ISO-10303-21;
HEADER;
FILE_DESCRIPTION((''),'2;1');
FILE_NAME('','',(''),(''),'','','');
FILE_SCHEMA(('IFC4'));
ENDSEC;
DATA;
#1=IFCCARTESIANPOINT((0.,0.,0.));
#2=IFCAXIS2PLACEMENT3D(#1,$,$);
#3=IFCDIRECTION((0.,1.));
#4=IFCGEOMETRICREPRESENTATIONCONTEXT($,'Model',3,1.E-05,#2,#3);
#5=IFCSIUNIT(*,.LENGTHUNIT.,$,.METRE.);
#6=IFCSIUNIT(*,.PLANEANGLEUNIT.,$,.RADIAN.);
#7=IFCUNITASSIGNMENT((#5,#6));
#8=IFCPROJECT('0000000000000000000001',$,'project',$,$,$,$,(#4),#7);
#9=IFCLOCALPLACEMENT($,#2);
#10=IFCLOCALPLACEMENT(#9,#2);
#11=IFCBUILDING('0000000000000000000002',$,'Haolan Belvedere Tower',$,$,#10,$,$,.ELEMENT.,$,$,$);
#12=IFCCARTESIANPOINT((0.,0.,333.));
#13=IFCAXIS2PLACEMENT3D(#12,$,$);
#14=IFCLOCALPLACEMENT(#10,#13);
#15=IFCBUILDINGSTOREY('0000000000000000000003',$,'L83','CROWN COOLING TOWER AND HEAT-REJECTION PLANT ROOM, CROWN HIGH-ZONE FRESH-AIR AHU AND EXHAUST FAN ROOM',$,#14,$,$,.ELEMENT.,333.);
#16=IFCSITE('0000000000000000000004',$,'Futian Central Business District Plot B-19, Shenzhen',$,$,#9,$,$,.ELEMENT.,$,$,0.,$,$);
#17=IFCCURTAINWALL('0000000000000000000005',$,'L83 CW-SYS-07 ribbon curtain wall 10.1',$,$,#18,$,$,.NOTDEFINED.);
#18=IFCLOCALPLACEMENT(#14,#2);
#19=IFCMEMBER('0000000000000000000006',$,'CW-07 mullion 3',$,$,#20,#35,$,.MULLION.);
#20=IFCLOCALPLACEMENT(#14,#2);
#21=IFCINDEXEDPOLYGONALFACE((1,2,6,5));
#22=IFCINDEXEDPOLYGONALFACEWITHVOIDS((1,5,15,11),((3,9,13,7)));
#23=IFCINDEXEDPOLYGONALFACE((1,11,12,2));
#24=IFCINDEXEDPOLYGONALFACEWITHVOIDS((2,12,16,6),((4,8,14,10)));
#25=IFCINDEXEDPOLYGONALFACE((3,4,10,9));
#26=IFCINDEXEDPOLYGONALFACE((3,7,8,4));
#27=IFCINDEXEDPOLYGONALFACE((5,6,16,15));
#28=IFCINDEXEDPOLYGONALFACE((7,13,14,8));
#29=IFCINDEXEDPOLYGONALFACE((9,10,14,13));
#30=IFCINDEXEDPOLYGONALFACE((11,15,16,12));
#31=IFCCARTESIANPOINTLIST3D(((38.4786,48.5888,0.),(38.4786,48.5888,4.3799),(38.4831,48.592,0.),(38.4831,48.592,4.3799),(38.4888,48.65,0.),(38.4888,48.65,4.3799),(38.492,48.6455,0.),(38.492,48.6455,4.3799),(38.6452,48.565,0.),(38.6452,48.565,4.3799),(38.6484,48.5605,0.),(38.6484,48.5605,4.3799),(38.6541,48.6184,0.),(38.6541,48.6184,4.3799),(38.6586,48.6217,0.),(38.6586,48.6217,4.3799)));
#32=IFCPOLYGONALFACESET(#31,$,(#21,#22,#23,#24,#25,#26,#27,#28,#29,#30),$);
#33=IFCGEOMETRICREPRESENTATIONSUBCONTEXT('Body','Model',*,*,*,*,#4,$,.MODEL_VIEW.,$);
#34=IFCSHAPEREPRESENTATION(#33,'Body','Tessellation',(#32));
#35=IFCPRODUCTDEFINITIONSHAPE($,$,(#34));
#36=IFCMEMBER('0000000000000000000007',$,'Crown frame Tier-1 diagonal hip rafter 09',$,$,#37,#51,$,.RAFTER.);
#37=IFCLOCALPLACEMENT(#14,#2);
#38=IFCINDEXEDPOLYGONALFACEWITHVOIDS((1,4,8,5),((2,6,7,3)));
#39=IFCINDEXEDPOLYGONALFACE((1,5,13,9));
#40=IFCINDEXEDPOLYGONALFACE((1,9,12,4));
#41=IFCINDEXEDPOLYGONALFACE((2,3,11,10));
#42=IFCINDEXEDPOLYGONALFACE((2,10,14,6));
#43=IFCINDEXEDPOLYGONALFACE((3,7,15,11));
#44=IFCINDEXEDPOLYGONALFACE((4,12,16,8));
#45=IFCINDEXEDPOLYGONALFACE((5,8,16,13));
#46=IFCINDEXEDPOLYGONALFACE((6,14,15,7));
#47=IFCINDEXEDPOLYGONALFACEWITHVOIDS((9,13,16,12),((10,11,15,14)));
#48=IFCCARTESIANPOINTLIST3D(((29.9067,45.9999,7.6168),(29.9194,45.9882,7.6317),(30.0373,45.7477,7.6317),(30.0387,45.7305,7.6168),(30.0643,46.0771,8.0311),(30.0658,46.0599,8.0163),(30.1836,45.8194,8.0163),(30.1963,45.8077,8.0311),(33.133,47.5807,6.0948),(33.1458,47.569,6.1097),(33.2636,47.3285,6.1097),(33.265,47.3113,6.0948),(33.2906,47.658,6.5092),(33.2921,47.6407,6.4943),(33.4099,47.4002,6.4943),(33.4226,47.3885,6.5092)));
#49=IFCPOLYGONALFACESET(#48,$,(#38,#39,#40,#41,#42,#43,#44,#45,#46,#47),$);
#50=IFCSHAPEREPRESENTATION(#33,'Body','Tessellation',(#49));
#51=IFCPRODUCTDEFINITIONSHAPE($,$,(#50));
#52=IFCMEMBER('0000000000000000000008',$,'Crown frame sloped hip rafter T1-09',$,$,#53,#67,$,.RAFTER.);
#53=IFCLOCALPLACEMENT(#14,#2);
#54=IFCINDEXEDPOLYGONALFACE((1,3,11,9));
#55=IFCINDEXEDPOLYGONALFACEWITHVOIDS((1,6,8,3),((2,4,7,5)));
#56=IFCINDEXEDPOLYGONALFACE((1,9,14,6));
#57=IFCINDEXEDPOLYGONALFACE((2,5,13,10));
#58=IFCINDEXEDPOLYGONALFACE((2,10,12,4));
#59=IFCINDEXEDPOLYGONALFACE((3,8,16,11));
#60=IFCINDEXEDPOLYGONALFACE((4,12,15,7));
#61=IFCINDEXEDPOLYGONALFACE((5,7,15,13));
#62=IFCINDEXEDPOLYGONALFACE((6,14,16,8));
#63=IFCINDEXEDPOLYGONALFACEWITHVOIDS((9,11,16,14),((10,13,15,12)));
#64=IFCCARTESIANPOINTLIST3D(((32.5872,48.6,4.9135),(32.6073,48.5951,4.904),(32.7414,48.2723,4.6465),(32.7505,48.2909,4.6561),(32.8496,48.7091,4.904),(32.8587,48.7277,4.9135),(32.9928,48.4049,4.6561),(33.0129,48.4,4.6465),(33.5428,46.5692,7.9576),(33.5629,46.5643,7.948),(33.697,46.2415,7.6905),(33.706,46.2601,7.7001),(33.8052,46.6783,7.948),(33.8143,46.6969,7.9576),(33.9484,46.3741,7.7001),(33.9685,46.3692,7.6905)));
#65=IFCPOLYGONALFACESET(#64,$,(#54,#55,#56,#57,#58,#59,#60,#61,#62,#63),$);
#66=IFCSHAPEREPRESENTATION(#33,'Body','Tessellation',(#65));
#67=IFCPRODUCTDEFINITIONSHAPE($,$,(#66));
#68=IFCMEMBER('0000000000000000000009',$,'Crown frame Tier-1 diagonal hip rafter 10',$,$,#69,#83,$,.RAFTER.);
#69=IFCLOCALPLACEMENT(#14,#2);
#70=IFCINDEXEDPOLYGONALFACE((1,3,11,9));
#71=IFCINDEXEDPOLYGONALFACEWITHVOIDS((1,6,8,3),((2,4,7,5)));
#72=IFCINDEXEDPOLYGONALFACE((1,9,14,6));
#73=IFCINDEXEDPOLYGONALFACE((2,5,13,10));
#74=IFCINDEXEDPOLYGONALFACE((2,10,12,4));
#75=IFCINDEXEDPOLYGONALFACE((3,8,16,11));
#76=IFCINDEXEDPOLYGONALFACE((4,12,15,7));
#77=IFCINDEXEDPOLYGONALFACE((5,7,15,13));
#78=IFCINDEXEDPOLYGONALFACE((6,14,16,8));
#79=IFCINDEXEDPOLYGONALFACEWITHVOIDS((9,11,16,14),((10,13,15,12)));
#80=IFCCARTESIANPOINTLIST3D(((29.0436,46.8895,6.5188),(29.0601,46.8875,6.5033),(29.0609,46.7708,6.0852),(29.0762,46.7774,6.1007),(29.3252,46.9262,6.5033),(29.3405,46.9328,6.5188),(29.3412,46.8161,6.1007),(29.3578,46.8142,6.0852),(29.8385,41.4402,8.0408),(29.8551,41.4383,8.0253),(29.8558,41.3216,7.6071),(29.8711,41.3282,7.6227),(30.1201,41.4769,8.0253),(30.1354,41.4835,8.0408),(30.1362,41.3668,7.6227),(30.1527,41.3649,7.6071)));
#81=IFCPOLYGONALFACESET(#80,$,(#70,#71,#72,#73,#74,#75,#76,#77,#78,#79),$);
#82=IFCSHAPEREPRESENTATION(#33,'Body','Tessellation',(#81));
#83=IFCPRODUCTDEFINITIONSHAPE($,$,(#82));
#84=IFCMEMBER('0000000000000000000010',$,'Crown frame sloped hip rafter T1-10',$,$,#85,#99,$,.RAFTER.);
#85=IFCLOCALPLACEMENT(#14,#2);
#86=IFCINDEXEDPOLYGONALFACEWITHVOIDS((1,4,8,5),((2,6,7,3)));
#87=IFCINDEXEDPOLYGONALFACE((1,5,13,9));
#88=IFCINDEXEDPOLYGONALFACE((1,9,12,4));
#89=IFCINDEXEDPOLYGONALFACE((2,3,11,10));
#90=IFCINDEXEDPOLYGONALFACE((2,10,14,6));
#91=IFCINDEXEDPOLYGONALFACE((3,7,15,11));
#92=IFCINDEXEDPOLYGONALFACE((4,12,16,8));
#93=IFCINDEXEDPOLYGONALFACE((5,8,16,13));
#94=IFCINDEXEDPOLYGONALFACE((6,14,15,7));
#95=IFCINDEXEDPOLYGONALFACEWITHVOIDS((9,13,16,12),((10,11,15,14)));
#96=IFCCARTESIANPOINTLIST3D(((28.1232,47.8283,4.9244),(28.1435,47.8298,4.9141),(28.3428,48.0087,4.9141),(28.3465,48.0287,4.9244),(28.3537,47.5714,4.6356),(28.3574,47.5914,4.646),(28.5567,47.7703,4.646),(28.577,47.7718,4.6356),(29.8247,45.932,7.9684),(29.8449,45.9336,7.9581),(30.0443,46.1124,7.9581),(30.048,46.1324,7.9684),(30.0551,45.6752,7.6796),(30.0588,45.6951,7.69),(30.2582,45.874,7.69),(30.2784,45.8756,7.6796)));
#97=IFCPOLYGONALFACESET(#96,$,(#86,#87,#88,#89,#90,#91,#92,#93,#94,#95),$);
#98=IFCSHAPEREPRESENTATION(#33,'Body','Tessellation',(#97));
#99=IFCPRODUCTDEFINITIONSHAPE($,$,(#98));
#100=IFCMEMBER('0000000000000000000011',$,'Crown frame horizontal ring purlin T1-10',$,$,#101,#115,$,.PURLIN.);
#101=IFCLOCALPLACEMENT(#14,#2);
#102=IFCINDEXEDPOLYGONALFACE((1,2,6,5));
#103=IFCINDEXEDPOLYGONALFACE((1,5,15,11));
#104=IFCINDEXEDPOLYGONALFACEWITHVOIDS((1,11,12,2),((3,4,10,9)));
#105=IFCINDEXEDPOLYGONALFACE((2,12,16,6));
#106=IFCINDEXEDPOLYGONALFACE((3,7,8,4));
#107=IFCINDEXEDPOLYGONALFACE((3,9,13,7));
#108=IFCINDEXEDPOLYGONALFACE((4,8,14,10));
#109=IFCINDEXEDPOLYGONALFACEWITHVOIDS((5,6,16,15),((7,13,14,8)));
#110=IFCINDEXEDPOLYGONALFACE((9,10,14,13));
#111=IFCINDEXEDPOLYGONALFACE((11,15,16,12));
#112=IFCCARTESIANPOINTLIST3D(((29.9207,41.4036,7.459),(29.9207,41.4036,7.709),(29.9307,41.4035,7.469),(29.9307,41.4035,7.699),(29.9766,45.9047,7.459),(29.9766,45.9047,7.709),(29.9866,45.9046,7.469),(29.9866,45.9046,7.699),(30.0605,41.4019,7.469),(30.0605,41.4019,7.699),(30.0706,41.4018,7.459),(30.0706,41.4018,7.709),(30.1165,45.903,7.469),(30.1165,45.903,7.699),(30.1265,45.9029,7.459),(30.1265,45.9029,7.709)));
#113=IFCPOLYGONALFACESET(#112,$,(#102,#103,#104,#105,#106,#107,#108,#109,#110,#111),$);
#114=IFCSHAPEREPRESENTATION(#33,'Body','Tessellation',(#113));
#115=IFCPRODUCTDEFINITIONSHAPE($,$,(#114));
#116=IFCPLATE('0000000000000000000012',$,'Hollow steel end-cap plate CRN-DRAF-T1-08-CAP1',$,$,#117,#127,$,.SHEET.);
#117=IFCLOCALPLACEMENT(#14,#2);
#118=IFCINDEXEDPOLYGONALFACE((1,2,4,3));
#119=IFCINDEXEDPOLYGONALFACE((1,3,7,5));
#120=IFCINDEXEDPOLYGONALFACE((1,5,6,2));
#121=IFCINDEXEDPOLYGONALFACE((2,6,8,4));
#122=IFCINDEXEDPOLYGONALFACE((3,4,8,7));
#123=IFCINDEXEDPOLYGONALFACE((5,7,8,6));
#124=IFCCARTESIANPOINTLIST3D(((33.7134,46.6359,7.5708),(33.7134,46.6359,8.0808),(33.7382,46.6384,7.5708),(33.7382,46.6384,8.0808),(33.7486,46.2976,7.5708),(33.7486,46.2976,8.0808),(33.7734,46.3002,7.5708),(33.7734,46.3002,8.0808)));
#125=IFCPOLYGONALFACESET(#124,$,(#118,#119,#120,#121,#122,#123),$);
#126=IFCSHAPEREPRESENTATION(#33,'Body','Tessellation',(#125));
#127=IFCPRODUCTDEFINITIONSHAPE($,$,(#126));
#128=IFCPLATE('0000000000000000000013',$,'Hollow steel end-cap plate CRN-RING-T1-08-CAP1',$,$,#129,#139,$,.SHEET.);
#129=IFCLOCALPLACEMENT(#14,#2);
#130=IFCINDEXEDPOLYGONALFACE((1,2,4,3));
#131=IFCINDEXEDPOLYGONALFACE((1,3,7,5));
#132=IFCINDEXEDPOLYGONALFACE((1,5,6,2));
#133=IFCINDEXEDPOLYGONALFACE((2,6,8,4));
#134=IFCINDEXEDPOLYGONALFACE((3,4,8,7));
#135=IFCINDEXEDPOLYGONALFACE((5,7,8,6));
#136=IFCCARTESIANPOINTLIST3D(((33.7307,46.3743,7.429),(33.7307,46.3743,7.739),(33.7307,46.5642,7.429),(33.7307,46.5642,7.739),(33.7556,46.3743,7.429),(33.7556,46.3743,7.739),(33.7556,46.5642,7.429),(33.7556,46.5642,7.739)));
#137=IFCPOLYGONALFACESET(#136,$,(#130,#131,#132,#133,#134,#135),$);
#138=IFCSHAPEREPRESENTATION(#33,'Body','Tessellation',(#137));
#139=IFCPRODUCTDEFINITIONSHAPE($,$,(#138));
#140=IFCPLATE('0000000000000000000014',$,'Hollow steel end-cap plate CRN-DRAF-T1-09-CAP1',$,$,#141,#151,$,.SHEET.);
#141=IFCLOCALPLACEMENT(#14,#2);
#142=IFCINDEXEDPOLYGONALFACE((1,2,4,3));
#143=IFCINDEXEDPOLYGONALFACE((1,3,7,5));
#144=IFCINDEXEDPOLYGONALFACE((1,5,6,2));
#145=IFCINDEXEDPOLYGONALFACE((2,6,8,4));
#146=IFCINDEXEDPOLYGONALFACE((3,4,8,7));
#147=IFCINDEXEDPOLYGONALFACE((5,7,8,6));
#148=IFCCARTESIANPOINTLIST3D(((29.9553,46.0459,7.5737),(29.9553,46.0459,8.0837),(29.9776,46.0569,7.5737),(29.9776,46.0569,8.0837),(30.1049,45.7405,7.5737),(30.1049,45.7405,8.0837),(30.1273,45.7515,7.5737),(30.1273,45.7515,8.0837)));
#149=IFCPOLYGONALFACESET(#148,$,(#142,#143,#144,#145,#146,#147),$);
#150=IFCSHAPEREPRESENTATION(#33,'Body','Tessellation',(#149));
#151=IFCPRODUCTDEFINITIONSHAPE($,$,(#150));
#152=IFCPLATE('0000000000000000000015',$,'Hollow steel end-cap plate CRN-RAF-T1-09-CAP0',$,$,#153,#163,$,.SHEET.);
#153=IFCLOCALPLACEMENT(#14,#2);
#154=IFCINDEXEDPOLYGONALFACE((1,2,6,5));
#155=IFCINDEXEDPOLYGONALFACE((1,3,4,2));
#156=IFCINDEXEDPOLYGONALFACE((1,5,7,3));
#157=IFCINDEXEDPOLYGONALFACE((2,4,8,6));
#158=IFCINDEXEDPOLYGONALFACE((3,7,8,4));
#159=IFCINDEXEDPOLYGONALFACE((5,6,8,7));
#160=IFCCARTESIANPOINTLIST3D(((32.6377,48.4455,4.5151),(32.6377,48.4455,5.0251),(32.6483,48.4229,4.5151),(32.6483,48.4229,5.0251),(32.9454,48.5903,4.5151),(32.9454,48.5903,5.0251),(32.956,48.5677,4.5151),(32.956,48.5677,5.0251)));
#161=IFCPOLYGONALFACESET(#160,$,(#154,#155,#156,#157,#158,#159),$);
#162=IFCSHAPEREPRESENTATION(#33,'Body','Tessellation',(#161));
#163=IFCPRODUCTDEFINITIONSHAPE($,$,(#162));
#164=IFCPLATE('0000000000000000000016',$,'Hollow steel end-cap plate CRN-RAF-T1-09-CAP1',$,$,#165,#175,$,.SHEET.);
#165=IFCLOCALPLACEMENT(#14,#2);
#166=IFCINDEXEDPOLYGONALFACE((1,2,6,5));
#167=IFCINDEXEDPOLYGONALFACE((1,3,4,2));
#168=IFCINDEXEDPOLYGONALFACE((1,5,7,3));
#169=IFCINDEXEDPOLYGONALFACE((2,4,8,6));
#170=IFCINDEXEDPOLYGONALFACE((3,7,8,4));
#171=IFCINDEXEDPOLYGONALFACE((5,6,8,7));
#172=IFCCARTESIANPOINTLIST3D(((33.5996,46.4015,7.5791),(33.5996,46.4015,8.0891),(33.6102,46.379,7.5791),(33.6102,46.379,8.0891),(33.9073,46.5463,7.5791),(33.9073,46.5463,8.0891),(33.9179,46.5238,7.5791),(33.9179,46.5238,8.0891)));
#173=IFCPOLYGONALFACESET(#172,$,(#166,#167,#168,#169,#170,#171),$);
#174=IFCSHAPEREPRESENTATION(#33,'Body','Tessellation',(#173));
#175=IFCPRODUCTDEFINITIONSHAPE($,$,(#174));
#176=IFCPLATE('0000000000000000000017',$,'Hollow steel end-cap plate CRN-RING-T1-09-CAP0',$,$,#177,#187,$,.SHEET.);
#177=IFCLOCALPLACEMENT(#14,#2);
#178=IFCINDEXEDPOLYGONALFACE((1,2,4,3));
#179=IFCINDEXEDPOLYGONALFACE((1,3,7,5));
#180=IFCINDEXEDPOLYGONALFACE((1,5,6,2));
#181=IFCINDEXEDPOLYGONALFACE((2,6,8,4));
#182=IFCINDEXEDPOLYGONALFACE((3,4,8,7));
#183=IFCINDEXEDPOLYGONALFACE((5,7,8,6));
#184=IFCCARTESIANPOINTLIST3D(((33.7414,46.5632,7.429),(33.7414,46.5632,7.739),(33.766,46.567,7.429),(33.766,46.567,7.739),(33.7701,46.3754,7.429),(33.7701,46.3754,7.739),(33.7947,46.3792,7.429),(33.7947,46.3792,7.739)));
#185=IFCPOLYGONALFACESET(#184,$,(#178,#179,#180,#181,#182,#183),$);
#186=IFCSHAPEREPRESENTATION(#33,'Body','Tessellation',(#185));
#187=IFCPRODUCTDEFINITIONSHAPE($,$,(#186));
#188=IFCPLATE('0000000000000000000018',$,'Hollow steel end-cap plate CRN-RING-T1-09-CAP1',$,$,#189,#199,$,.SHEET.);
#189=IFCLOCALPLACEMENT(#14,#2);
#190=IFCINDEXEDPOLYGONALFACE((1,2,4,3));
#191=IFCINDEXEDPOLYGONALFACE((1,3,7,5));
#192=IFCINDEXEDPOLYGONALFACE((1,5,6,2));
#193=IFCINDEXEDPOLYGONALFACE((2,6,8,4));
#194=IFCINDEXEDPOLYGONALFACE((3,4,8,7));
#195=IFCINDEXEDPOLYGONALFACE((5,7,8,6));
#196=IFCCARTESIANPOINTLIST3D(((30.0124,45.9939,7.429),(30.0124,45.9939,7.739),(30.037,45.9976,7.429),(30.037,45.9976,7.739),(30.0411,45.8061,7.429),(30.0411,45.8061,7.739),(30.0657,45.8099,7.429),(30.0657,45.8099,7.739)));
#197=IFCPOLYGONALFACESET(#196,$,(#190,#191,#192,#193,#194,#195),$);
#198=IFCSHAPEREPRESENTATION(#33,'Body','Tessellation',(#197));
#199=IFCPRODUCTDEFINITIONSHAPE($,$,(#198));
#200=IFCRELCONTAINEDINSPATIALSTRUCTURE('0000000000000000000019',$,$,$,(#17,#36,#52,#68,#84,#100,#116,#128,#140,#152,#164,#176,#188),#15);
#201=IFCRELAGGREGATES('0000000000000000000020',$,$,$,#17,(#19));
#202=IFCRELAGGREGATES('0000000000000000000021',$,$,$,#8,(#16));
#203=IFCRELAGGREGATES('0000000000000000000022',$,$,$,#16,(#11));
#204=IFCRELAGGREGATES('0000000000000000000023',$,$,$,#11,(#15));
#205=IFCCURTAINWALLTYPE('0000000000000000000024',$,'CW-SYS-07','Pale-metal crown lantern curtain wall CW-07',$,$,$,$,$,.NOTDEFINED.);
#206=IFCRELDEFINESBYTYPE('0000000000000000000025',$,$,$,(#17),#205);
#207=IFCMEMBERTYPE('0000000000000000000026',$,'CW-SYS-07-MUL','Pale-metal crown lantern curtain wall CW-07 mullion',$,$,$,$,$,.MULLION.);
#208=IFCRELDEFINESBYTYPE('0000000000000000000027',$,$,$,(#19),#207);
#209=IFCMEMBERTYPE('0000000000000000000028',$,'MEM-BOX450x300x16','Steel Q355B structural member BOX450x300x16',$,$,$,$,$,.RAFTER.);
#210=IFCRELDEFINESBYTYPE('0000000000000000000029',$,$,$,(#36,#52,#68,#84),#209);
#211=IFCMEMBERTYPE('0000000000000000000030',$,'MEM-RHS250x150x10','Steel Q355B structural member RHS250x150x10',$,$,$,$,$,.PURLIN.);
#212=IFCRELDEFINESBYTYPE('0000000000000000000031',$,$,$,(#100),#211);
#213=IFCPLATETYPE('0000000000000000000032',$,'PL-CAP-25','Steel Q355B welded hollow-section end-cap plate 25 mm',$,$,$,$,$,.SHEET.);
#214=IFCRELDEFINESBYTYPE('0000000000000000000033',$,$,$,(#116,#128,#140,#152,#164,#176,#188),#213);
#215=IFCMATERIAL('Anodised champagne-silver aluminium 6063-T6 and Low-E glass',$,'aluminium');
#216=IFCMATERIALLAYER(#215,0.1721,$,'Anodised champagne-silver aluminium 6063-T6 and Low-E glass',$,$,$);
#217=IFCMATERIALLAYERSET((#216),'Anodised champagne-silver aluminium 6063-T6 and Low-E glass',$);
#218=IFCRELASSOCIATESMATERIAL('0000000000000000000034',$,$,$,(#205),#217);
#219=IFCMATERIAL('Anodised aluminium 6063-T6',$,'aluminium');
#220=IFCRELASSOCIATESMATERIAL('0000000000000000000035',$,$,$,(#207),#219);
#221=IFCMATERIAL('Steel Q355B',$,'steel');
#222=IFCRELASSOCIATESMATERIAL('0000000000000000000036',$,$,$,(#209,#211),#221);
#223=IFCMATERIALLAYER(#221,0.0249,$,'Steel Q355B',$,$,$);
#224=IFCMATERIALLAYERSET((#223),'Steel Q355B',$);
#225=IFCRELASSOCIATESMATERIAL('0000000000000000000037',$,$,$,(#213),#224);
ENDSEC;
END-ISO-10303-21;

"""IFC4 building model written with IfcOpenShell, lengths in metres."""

from ifc_helpers import new_model, si_unit, direction, frame, origin, origin_2d, place, context, subcontext, project, spatial, rectangle, hollow_rectangle, extrude, material, layer, layer_set, material_profile, profile_set, type_object, element, aggregate, save


model = new_model("IFC4")

# Units and contexts
model_context = context("Model", 3, precision=1e-05, world=origin(), true_north=direction((0.0, 1.0)))
body_context = subcontext(model_context, "Body", "Model", "MODEL_VIEW")
ifc_project = project(units=[si_unit("LENGTHUNIT", "METRE"), si_unit("PLANEANGLEUNIT", "RADIAN")], contexts=[model_context])

# Site, building, storey
site_placement = place(None, origin())
site = spatial("IfcSite", under=ifc_project, at=site_placement, Name="Futian Central Business District Plot B-19, Shenzhen", CompositionType="ELEMENT", RefElevation=0.0)
building_placement = place(site_placement, origin())
building = spatial("IfcBuilding", under=site, at=building_placement, Name="Haolan Belvedere Tower", CompositionType="ELEMENT")
storey_placement = place(building_placement, frame((0.0, 0.0, 333.0)))
storey = spatial("IfcBuildingStorey", under=building, at=storey_placement, Name="L83", Description="CROWN COOLING TOWER AND HEAT-REJECTION PLANT ROOM, CROWN HIGH-ZONE FRESH-AIR AHU AND EXHAUST FAN ROOM", CompositionType="ELEMENT", Elevation=333.0)

# Curtain wall, member
ifc_material_1 = material(Name="Anodised champagne-silver aluminium 6063-T6 and Low-E glass", Category="aluminium")
ifc_layer_1 = layer(ifc_material_1, 0.1721, Name="Anodised champagne-silver aluminium 6063-T6 and Low-E glass")
ifc_layer_set_1 = layer_set([ifc_layer_1], Name="Anodised champagne-silver aluminium 6063-T6 and Low-E glass")
curtain_wall_type = type_object("IfcCurtainWallType", Name="CW-SYS-07", Description="Pale-metal crown lantern curtain wall CW-07", PredefinedType="NOTDEFINED", material=ifc_layer_set_1)
curtain_wall_placement = place(storey_placement, origin())
curtain_wall = element("IfcCurtainWall", 1, at=curtain_wall_placement, inside=storey, type_object=curtain_wall_type, Name="L83 CW-SYS-07 ribbon curtain wall 10.1", PredefinedType="NOTDEFINED")
ifc_material_2 = material(Name="Anodised aluminium 6063-T6", Category="aluminium")
ifc_material_profile_1 = material_profile(ifc_material_2, hollow_rectangle(XDim=0.062, YDim=0.1721, WallThickness=0.0039, at=origin_2d()), Name="Anodised aluminium 6063-T6")
ifc_profile_set_1 = profile_set([ifc_material_profile_1], Name="Anodised aluminium 6063-T6")
member_type_1 = type_object("IfcMemberType", Name="CW-SYS-07-MUL", Description="Pale-metal crown lantern curtain wall CW-07 mullion", PredefinedType="MULLION", material=ifc_profile_set_1)
member_1_placement = place(storey_placement, frame((38.5686, 48.6052, 0.0), z_axis=(0.0, 0.0, 1.0), x_axis=(-0.164399, -0.986394, 0.0)))
member_1 = element("IfcMember", 2, at=member_1_placement, type_object=member_type_1, Name="CW-07 mullion 3", PredefinedType="MULLION", context=body_context, shape_type="SweptSolid", body=[
    extrude(hollow_rectangle(XDim=0.062, YDim=0.1721, WallThickness=0.0039, at=origin_2d()), origin(), (0.0, 0.0, 1.0), 4.3799),
])
aggregate(curtain_wall, [member_1])

# Members
ifc_material_3 = material(Name="Steel Q355B", Category="steel")
ifc_material_profile_2 = material_profile(ifc_material_3, hollow_rectangle(XDim=0.3, YDim=0.45, WallThickness=0.0161, at=origin_2d()), Name="Steel Q355B")
ifc_profile_set_2 = profile_set([ifc_material_profile_2], Name="Steel Q355B")
member_type_2 = type_object("IfcMemberType", Name="MEM-BOX450x300x16", Description="Steel Q355B structural member BOX450x300x16", PredefinedType="RAFTER", material=ifc_profile_set_2)
member_2_placement = place(storey_placement, frame((33.2778, 47.4846, 6.302), z_axis=(-0.826867, -0.405143, 0.390064), x_axis=(0.439996, -0.898, 0.0)))
element("IfcMember", 3, at=member_2_placement, inside=storey, type_object=member_type_2, Name="Crown frame Tier-1 diagonal hip rafter 09", PredefinedType="RAFTER", context=body_context, shape_type="SweptSolid", body=[
    extrude(hollow_rectangle(XDim=0.3, YDim=0.45, WallThickness=0.0161, at=origin_2d()), origin(), (0.0, 0.0, 1.0), 3.9019),
])
member_3_placement = place(storey_placement, frame((32.8, 48.5, 4.78), z_axis=(0.252669, -0.53697, 0.804874), x_axis=(0.904833, 0.425766, 0.0)))
element("IfcMember", 4, at=member_3_placement, inside=storey, type_object=member_type_2, Name="Crown frame sloped hip rafter T1-09", PredefinedType="RAFTER", context=body_context, shape_type="SweptSolid", body=[
    extrude(hollow_rectangle(XDim=0.3, YDim=0.45, WallThickness=0.0161, at=origin_2d()), origin(), (0.0, 0.0, 1.0), 3.782),
])
member_4_placement = place(storey_placement, frame((29.2007, 46.8518, 6.302), z_axis=(0.139134, -0.953771, 0.266389), x_axis=(0.989527, 0.14435, 0.0)))
element("IfcMember", 5, at=member_4_placement, inside=storey, type_object=member_type_2, Name="Crown frame Tier-1 diagonal hip rafter 10", PredefinedType="RAFTER", context=body_context, shape_type="SweptSolid", body=[
    extrude(hollow_rectangle(XDim=0.3, YDim=0.45, WallThickness=0.0161, at=origin_2d()), origin(), (0.0, 0.0, 1.0), 5.7134),
])
member_5_placement = place(storey_placement, frame((28.3501, 47.8, 4.78), z_axis=(0.428633, -0.477714, 0.766853), x_axis=(0.744308, 0.667836, 0.0)))
element("IfcMember", 6, at=member_5_placement, inside=storey, type_object=member_type_2, Name="Crown frame sloped hip rafter T1-10", PredefinedType="RAFTER", context=body_context, shape_type="SweptSolid", body=[
    extrude(hollow_rectangle(XDim=0.3, YDim=0.45, WallThickness=0.0161, at=origin_2d()), origin(), (0.0, 0.0, 1.0), 3.9695),
])
ifc_material_profile_3 = material_profile(ifc_material_3, hollow_rectangle(XDim=0.1499, YDim=0.25, WallThickness=0.01, at=origin_2d()), Name="Steel Q355B")
ifc_profile_set_3 = profile_set([ifc_material_profile_3], Name="Steel Q355B")
member_type_3 = type_object("IfcMemberType", Name="MEM-RHS250x150x10", Description="Steel Q355B structural member RHS250x150x10", PredefinedType="PURLIN", material=ifc_profile_set_3)
member_6_placement = place(storey_placement, frame((30.0515, 45.9038, 7.584), z_axis=(-0.01242, -0.999923, 0.0), x_axis=(0.999923, -0.01242, 0.0)))
element("IfcMember", 7, at=member_6_placement, inside=storey, type_object=member_type_3, Name="Crown frame horizontal ring purlin T1-10", PredefinedType="PURLIN", context=body_context, shape_type="SweptSolid", body=[
    extrude(hollow_rectangle(XDim=0.1499, YDim=0.25, WallThickness=0.01, at=origin_2d()), origin(), (0.0, 0.0, 1.0), 4.5015),
])

# Plates
ifc_layer_2 = layer(ifc_material_3, 0.0249, Name="Steel Q355B")
ifc_layer_set_2 = layer_set([ifc_layer_2], Name="Steel Q355B")
plate_type_1 = type_object("IfcPlateType", Name="PL-CAP-25", Description="Steel Q355B welded hollow-section end-cap plate 25 mm", PredefinedType="SHEET", material=ifc_layer_set_2)
plate_1_placement = place(storey_placement, frame((33.7434, 46.468, 7.5708), z_axis=(0.0, 0.0, 1.0), x_axis=(0.103418, -0.994638, 0.0)))
element("IfcPlate", 8, at=plate_1_placement, inside=storey, type_object=plate_type_1, Name="Hollow steel end-cap plate CRN-DRAF-T1-08-CAP1", PredefinedType="SHEET", context=body_context, shape_type="SweptSolid", body=[
    extrude(rectangle(XDim=0.3401, YDim=0.0249, at=origin_2d()), origin(), (0.0, 0.0, 1.0), 0.51),
])
plate_2_placement = place(storey_placement, frame((33.7432, 46.4692, 7.429), z_axis=(0.0, 0.0, 1.0), x_axis=(0.0, -1.0, 0.0)))
element("IfcPlate", 9, at=plate_2_placement, inside=storey, type_object=plate_type_1, Name="Hollow steel end-cap plate CRN-RING-T1-08-CAP1", PredefinedType="SHEET", context=body_context, shape_type="SweptSolid", body=[
    extrude(rectangle(XDim=0.1899, YDim=0.0249, at=origin_2d()), origin(), (0.0, 0.0, 1.0), 0.3101),
])
for number, where, z_axis, x_axis, name in (
    (10, (30.0413, 45.8987, 7.5737), (0.0, 0.0, 1.0), (0.440018, -0.897989, 0.0), "Hollow steel end-cap plate CRN-DRAF-T1-09-CAP1"),
    (11, (32.7969, 48.5066, 4.5151), (0.0, 0.0, 1.0), (-0.90482, -0.425795, 0.0), "Hollow steel end-cap plate CRN-RAF-T1-09-CAP0"),
    (12, (33.7588, 46.4626, 7.5791), (0.0, 0.0, 1.0), (0.90482, 0.425795, 0.0), "Hollow steel end-cap plate CRN-RAF-T1-09-CAP1"),
):
    element("IfcPlate", number, at=place(storey_placement, frame(where, z_axis=z_axis, x_axis=x_axis)), inside=storey, type_object=plate_type_1, Name=name, PredefinedType="SHEET", context=body_context, shape_type="SweptSolid", body=[
        extrude(rectangle(XDim=0.3401, YDim=0.0249, at=origin_2d()), origin(), (0.0, 0.0, 1.0), 0.51),
    ])
for number, where, z_axis, x_axis, name in (
    (13, (33.7681, 46.4712, 7.429), (0.0, 0.0, 1.0), (-0.150916, 0.988547, 0.0), "Hollow steel end-cap plate CRN-RING-T1-09-CAP0"),
    (14, (30.0391, 45.9019, 7.429), (0.0, 0.0, 1.0), (0.150916, -0.988547, 0.0), "Hollow steel end-cap plate CRN-RING-T1-09-CAP1"),
):
    element("IfcPlate", number, at=place(storey_placement, frame(where, z_axis=z_axis, x_axis=x_axis)), inside=storey, type_object=plate_type_1, Name=name, PredefinedType="SHEET", context=body_context, shape_type="SweptSolid", body=[
        extrude(rectangle(XDim=0.1899, YDim=0.0249, at=origin_2d()), origin(), (0.0, 0.0, 1.0), 0.3101),
    ])

save(model, "model.ifc")
